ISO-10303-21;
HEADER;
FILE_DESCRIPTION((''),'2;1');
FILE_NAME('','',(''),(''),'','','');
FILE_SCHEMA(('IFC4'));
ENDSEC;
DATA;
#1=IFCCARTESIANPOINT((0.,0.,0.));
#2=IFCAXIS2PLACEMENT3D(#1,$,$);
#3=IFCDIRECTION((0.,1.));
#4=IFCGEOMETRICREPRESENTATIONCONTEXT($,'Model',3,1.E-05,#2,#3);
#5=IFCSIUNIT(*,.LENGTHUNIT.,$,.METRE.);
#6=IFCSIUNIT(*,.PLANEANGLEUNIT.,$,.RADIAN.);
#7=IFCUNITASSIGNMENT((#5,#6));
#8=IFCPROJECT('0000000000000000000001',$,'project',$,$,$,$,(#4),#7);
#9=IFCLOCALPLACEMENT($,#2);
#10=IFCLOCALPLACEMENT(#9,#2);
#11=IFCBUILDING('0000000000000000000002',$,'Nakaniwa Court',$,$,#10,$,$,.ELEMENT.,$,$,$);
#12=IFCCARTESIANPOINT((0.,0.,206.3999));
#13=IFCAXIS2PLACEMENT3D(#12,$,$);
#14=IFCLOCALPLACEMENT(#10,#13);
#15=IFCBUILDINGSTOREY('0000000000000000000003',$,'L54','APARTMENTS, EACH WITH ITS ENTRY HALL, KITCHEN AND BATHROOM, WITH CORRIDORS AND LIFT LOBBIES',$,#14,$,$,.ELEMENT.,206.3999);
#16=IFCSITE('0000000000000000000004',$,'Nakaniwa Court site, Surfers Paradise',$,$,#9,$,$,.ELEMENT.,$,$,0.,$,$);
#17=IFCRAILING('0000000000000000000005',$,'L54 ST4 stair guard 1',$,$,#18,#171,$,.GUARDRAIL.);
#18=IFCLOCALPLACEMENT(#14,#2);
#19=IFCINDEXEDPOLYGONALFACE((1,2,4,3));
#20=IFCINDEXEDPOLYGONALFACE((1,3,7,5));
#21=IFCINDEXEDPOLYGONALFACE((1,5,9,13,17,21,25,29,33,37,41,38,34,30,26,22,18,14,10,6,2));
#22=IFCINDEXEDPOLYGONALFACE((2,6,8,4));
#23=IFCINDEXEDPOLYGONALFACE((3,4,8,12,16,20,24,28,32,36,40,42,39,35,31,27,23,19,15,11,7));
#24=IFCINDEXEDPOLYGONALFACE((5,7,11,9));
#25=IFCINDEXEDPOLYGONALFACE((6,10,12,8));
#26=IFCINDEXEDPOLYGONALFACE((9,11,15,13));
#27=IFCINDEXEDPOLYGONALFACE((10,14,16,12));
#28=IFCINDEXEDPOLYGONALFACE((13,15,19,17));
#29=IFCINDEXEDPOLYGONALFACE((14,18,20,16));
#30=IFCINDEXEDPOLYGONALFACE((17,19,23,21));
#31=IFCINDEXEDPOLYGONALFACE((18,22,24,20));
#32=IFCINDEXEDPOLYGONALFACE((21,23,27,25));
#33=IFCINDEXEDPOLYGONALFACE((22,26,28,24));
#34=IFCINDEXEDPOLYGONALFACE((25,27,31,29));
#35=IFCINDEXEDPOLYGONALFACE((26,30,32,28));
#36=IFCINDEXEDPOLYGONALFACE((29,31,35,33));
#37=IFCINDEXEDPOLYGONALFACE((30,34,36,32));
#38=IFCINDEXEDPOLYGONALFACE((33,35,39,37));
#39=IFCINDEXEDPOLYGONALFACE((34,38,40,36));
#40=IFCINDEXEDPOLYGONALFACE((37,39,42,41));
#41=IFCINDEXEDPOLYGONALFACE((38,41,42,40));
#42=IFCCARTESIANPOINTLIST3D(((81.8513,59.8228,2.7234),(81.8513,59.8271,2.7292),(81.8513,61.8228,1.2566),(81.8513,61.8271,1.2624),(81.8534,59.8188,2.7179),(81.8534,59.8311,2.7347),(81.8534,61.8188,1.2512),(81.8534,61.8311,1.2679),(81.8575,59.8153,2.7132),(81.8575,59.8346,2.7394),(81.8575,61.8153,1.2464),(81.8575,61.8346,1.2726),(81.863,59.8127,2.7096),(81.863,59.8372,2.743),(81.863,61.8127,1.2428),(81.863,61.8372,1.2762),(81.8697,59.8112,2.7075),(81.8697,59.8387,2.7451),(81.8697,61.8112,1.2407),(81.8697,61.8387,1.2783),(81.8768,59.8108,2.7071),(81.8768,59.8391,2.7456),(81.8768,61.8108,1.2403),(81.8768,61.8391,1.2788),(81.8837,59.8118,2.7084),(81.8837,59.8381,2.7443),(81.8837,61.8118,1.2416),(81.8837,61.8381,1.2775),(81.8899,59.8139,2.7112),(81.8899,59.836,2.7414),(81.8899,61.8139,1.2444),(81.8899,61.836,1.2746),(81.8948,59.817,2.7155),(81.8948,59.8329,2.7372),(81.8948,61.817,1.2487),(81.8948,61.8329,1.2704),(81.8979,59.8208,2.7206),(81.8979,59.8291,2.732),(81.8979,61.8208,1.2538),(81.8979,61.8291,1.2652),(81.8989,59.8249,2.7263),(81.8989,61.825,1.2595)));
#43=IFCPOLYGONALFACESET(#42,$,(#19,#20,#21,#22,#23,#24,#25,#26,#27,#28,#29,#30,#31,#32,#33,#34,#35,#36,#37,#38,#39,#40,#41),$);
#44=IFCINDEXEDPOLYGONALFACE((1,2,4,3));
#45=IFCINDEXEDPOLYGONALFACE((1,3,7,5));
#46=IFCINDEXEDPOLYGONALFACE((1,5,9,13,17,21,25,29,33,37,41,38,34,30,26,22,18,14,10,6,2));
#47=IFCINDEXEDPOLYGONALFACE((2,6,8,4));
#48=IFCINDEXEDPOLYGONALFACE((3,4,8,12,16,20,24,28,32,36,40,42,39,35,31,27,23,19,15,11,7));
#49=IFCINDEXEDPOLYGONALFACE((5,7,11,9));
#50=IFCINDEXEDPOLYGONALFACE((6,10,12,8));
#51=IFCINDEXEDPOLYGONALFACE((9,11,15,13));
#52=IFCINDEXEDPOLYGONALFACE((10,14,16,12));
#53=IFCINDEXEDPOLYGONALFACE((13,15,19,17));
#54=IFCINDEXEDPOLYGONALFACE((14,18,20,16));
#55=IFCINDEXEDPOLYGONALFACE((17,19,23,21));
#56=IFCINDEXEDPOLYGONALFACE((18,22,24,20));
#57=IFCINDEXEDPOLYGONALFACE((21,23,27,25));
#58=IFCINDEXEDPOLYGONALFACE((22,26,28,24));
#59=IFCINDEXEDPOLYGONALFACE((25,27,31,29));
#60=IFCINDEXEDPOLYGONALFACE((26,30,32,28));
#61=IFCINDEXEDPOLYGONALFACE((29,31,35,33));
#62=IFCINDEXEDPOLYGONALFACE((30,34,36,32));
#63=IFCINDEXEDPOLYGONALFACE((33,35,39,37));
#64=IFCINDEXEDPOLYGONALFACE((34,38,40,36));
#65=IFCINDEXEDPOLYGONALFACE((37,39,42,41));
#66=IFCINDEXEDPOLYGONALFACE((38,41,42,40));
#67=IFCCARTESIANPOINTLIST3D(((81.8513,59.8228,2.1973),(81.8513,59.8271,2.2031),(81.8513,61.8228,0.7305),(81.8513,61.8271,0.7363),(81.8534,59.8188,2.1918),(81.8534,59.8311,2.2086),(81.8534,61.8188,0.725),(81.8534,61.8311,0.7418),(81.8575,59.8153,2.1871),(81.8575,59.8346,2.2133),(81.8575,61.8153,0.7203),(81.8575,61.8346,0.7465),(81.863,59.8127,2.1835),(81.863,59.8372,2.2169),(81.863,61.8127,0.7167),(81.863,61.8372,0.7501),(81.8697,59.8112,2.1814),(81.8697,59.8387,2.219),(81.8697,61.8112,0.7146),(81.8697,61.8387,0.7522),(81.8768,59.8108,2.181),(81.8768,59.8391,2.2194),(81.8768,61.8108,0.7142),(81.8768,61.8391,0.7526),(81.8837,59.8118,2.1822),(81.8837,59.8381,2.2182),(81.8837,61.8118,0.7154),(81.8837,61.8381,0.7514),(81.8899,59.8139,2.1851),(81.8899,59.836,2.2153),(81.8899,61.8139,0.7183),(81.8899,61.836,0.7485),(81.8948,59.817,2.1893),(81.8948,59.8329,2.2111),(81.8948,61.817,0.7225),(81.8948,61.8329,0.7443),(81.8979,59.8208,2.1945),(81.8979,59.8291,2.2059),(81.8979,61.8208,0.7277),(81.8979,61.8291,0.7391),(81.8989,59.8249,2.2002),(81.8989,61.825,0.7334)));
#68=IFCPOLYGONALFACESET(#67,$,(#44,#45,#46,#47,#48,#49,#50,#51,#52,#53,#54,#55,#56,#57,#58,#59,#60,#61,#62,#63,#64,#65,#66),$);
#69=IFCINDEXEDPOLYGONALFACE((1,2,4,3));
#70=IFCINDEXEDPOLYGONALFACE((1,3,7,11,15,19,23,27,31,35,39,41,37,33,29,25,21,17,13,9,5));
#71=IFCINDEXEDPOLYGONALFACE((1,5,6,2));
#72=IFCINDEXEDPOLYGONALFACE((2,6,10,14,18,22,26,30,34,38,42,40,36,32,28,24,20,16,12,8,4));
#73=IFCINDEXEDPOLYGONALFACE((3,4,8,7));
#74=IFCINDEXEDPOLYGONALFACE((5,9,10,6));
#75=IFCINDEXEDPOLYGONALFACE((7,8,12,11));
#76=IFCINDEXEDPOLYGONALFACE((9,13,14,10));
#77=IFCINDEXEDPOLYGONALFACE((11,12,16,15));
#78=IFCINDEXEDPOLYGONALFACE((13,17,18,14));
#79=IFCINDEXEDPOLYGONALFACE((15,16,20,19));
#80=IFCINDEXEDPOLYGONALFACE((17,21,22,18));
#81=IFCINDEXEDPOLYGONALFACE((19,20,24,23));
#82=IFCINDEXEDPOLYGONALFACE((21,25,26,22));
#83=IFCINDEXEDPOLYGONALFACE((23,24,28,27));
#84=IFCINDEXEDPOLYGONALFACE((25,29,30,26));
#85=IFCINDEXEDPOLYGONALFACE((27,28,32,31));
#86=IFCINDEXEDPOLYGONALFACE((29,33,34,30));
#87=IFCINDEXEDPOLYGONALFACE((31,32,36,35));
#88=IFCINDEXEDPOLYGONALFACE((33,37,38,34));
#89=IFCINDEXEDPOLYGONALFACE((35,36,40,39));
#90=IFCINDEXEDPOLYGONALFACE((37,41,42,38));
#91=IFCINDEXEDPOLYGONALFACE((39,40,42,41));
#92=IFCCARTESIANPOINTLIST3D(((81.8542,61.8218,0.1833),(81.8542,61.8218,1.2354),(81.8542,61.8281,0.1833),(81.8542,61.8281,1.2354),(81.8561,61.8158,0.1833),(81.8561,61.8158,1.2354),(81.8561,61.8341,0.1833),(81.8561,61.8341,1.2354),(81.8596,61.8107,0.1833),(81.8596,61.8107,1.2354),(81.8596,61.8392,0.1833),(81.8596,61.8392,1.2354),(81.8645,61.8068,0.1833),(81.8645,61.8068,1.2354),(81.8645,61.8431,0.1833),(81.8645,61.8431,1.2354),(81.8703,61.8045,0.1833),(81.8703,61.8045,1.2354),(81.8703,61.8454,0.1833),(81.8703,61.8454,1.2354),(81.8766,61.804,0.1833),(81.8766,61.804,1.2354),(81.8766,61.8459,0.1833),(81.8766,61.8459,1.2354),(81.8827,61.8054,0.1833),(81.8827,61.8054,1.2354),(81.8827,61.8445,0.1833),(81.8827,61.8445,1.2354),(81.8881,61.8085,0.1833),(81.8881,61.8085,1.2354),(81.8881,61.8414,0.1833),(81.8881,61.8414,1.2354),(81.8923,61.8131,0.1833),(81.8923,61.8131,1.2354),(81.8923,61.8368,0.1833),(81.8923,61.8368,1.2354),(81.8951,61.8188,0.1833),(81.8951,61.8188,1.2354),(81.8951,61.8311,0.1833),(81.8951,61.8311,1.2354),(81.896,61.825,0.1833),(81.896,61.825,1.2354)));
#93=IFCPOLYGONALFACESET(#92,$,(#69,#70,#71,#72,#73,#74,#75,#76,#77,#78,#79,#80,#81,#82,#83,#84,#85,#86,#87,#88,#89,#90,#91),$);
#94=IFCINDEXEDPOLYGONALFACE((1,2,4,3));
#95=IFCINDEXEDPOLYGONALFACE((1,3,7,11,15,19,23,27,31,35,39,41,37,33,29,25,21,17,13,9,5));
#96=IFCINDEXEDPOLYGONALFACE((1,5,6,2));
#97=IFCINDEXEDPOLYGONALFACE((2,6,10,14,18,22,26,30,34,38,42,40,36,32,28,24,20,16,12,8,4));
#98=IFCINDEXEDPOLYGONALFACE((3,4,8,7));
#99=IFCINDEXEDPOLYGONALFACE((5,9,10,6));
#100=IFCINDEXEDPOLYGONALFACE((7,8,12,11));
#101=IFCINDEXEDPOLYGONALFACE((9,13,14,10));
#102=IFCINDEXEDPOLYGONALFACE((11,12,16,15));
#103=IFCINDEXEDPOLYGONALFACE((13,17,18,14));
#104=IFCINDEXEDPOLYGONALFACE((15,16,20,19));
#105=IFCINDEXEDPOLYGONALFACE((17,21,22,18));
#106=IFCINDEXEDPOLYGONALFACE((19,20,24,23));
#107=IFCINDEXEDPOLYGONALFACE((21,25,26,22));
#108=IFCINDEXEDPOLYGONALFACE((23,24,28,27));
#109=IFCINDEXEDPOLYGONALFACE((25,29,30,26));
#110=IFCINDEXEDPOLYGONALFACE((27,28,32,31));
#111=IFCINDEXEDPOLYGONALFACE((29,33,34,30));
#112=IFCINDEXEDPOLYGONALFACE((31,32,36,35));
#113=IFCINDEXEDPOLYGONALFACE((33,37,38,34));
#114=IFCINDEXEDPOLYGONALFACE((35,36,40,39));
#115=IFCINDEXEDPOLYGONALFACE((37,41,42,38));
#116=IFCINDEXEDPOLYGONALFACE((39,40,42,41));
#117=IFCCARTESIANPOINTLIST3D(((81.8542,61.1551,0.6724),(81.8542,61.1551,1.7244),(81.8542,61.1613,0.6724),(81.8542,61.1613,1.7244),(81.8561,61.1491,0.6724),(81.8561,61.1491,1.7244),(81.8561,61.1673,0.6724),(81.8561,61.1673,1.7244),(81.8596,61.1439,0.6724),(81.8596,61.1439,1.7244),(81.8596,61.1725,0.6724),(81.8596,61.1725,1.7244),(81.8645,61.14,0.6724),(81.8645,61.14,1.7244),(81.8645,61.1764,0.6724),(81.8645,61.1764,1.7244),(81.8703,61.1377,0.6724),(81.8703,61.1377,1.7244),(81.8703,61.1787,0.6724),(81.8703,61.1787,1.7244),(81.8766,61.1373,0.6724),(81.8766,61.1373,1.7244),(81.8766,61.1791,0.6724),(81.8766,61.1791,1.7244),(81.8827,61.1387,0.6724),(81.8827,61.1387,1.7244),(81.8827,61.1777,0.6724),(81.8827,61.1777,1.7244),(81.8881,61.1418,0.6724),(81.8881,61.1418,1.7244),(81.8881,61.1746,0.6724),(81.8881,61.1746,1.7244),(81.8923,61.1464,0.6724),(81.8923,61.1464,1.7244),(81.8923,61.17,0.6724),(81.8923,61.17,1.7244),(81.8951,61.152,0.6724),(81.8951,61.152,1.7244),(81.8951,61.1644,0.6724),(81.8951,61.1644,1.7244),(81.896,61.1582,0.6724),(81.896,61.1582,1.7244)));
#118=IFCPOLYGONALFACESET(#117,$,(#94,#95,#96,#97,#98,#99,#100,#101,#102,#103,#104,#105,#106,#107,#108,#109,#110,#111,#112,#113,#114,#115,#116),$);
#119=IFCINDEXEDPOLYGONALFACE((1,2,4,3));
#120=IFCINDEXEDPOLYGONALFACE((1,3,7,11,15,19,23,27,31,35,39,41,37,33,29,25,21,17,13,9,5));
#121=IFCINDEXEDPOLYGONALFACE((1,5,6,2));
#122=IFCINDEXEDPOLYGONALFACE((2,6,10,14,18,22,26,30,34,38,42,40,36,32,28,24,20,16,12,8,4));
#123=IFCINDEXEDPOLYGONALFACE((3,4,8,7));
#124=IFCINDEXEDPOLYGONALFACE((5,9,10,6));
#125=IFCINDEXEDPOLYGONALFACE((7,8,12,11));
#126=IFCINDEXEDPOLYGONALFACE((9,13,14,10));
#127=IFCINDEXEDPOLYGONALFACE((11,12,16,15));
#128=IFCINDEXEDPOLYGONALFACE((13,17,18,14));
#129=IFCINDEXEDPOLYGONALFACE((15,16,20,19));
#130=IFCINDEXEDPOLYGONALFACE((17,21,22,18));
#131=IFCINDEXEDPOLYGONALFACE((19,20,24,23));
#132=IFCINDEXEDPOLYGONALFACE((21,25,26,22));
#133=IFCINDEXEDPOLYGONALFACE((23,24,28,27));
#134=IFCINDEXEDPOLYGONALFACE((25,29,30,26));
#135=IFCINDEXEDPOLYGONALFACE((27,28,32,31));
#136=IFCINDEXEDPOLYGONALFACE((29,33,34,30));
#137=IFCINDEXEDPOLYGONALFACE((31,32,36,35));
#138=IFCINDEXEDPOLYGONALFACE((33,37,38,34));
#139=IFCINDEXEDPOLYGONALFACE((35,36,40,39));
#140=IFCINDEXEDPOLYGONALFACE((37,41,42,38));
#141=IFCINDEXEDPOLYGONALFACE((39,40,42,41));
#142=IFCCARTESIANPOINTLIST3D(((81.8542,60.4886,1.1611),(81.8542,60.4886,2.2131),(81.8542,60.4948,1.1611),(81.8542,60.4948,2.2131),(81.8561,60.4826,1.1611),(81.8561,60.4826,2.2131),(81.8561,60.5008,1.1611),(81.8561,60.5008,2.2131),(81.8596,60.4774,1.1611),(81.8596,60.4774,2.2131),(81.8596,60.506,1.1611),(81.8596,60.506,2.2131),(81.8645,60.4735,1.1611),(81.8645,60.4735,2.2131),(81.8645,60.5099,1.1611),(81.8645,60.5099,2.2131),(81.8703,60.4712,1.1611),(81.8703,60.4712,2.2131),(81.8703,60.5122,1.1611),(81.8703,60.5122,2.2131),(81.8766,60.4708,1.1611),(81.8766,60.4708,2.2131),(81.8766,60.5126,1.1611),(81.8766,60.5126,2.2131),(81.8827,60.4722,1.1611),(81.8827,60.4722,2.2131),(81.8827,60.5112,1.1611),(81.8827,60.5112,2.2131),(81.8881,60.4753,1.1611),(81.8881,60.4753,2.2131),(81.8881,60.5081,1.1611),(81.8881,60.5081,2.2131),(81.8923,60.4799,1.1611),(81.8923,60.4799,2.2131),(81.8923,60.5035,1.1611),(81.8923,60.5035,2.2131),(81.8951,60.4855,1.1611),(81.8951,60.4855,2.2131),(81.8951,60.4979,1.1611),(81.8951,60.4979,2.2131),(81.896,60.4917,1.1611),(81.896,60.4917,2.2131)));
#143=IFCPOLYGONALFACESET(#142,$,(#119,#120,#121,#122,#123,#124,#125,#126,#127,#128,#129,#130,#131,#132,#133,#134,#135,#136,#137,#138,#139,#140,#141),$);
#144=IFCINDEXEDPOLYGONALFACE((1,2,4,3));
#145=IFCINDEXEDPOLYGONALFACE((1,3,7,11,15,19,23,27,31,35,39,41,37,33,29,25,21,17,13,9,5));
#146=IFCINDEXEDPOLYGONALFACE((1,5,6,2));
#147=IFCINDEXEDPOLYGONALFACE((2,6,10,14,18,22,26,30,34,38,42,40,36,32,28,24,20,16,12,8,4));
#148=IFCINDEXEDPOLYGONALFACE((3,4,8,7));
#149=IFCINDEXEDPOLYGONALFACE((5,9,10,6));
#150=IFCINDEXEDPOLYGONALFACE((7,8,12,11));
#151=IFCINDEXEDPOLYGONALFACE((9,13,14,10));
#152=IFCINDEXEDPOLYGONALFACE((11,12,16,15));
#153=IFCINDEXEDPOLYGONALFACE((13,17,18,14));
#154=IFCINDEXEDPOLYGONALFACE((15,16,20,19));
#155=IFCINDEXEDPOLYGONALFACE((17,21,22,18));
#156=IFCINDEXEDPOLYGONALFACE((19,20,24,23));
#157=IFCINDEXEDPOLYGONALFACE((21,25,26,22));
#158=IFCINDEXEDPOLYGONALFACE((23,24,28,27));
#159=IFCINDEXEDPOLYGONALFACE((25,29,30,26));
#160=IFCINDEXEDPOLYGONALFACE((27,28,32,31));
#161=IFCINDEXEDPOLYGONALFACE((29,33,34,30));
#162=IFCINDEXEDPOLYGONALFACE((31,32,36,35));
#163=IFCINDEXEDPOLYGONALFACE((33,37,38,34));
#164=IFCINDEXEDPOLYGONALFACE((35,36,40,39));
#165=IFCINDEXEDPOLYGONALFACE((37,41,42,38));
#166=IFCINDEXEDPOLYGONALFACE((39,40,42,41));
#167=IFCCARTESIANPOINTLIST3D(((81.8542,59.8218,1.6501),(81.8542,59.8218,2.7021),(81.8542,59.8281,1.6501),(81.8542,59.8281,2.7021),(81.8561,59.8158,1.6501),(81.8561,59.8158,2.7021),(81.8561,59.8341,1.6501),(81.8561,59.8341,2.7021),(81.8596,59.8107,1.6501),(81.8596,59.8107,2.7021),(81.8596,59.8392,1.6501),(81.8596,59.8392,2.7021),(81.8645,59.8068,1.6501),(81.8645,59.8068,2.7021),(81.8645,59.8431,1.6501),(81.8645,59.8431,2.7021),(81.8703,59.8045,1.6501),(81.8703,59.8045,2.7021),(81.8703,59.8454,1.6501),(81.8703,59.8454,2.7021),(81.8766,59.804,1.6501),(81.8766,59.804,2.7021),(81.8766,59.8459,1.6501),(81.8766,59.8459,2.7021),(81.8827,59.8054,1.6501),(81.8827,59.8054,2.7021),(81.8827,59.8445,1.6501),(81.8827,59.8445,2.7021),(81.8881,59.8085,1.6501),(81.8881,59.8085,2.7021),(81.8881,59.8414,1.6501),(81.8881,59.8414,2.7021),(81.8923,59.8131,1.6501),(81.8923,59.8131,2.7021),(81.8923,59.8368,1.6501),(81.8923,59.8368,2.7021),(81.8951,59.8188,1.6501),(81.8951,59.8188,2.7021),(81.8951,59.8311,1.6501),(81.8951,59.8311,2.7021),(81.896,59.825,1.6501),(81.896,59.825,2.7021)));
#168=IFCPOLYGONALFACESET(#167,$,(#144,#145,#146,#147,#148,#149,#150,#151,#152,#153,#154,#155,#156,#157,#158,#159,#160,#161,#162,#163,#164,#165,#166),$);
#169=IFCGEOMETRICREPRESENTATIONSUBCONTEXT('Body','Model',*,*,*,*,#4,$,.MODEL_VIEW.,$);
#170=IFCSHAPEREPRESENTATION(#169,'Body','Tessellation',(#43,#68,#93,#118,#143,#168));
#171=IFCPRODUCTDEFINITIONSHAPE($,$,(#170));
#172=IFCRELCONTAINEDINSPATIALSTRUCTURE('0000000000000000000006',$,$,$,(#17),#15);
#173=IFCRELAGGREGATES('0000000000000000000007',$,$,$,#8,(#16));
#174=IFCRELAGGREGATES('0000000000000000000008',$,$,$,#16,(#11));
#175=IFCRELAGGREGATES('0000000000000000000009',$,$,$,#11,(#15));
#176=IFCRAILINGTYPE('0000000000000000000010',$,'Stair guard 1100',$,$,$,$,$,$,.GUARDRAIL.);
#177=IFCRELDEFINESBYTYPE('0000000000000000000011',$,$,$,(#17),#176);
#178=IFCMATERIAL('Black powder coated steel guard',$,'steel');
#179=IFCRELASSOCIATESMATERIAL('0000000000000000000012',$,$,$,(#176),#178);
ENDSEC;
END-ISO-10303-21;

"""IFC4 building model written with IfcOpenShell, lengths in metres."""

from ifc_helpers import new_model, si_unit, direction, frame, origin, origin_2d, place, context, subcontext, project, spatial, circle, extrude, material, type_object, element, save


model = new_model("IFC4")

# Units and contexts
model_context = context("Model", 3, precision=1e-05, world=origin(), true_north=direction((0.0, 1.0)))
body_context = subcontext(model_context, "Body", "Model", "MODEL_VIEW")
ifc_project = project(units=[si_unit("LENGTHUNIT", "METRE"), si_unit("PLANEANGLEUNIT", "RADIAN")], contexts=[model_context])

# Site, building, storey
site_placement = place(None, origin())
site = spatial("IfcSite", under=ifc_project, at=site_placement, Name="Nakaniwa Court site, Surfers Paradise", CompositionType="ELEMENT", RefElevation=0.0)
building_placement = place(site_placement, origin())
building = spatial("IfcBuilding", under=site, at=building_placement, Name="Nakaniwa Court", CompositionType="ELEMENT")
storey_placement = place(building_placement, frame((0.0, 0.0, 206.3999)))
storey = spatial("IfcBuildingStorey", under=building, at=storey_placement, Name="L54", Description="APARTMENTS, EACH WITH ITS ENTRY HALL, KITCHEN AND BATHROOM, WITH CORRIDORS AND LIFT LOBBIES", CompositionType="ELEMENT", Elevation=206.3999)

# Railing
ifc_material_1 = material(Name="Black powder coated steel guard", Category="steel")
railing_type_1 = type_object("IfcRailingType", Name="Stair guard 1100", PredefinedType="GUARDRAIL", material=ifc_material_1)
railing_1_placement = place(storey_placement, frame((81.875, 61.825, 0.1833)))
element("IfcRailing", 1, at=railing_1_placement, inside=storey, type_object=railing_type_1, Name="L54 ST4 stair guard 1", PredefinedType="GUARDRAIL", context=body_context, shape_type="SweptSolid", body=[
    extrude(circle(Radius=0.0239, at=origin_2d()), frame((0.0, 0.0, 1.0762), z_axis=(0.0, -0.80638, 0.591398), x_axis=(1.0, 0.0, 0.0)), (0.0, 0.0, 1.0), 2.4802),
    extrude(circle(Radius=0.0239, at=origin_2d()), frame((0.0, 0.0, 0.55), z_axis=(0.0, -0.80638, 0.591398), x_axis=(1.0, 0.0, 0.0)), (0.0, 0.0, 1.0), 2.4802),
    extrude(circle(Radius=0.021, at=origin_2d()), origin(), (0.0, 0.0, 1.0), 1.052),
    extrude(circle(Radius=0.021, at=origin_2d()), frame((0.0, -0.6667, 0.489)), (0.0, 0.0, 1.0), 1.052),
    extrude(circle(Radius=0.021, at=origin_2d()), frame((0.0, -1.3333, 0.9778)), (0.0, 0.0, 1.0), 1.052),
    extrude(circle(Radius=0.021, at=origin_2d()), frame((0.0, -2.0, 1.4668)), (0.0, 0.0, 1.0), 1.052),
])

save(model, "model.ifc")
